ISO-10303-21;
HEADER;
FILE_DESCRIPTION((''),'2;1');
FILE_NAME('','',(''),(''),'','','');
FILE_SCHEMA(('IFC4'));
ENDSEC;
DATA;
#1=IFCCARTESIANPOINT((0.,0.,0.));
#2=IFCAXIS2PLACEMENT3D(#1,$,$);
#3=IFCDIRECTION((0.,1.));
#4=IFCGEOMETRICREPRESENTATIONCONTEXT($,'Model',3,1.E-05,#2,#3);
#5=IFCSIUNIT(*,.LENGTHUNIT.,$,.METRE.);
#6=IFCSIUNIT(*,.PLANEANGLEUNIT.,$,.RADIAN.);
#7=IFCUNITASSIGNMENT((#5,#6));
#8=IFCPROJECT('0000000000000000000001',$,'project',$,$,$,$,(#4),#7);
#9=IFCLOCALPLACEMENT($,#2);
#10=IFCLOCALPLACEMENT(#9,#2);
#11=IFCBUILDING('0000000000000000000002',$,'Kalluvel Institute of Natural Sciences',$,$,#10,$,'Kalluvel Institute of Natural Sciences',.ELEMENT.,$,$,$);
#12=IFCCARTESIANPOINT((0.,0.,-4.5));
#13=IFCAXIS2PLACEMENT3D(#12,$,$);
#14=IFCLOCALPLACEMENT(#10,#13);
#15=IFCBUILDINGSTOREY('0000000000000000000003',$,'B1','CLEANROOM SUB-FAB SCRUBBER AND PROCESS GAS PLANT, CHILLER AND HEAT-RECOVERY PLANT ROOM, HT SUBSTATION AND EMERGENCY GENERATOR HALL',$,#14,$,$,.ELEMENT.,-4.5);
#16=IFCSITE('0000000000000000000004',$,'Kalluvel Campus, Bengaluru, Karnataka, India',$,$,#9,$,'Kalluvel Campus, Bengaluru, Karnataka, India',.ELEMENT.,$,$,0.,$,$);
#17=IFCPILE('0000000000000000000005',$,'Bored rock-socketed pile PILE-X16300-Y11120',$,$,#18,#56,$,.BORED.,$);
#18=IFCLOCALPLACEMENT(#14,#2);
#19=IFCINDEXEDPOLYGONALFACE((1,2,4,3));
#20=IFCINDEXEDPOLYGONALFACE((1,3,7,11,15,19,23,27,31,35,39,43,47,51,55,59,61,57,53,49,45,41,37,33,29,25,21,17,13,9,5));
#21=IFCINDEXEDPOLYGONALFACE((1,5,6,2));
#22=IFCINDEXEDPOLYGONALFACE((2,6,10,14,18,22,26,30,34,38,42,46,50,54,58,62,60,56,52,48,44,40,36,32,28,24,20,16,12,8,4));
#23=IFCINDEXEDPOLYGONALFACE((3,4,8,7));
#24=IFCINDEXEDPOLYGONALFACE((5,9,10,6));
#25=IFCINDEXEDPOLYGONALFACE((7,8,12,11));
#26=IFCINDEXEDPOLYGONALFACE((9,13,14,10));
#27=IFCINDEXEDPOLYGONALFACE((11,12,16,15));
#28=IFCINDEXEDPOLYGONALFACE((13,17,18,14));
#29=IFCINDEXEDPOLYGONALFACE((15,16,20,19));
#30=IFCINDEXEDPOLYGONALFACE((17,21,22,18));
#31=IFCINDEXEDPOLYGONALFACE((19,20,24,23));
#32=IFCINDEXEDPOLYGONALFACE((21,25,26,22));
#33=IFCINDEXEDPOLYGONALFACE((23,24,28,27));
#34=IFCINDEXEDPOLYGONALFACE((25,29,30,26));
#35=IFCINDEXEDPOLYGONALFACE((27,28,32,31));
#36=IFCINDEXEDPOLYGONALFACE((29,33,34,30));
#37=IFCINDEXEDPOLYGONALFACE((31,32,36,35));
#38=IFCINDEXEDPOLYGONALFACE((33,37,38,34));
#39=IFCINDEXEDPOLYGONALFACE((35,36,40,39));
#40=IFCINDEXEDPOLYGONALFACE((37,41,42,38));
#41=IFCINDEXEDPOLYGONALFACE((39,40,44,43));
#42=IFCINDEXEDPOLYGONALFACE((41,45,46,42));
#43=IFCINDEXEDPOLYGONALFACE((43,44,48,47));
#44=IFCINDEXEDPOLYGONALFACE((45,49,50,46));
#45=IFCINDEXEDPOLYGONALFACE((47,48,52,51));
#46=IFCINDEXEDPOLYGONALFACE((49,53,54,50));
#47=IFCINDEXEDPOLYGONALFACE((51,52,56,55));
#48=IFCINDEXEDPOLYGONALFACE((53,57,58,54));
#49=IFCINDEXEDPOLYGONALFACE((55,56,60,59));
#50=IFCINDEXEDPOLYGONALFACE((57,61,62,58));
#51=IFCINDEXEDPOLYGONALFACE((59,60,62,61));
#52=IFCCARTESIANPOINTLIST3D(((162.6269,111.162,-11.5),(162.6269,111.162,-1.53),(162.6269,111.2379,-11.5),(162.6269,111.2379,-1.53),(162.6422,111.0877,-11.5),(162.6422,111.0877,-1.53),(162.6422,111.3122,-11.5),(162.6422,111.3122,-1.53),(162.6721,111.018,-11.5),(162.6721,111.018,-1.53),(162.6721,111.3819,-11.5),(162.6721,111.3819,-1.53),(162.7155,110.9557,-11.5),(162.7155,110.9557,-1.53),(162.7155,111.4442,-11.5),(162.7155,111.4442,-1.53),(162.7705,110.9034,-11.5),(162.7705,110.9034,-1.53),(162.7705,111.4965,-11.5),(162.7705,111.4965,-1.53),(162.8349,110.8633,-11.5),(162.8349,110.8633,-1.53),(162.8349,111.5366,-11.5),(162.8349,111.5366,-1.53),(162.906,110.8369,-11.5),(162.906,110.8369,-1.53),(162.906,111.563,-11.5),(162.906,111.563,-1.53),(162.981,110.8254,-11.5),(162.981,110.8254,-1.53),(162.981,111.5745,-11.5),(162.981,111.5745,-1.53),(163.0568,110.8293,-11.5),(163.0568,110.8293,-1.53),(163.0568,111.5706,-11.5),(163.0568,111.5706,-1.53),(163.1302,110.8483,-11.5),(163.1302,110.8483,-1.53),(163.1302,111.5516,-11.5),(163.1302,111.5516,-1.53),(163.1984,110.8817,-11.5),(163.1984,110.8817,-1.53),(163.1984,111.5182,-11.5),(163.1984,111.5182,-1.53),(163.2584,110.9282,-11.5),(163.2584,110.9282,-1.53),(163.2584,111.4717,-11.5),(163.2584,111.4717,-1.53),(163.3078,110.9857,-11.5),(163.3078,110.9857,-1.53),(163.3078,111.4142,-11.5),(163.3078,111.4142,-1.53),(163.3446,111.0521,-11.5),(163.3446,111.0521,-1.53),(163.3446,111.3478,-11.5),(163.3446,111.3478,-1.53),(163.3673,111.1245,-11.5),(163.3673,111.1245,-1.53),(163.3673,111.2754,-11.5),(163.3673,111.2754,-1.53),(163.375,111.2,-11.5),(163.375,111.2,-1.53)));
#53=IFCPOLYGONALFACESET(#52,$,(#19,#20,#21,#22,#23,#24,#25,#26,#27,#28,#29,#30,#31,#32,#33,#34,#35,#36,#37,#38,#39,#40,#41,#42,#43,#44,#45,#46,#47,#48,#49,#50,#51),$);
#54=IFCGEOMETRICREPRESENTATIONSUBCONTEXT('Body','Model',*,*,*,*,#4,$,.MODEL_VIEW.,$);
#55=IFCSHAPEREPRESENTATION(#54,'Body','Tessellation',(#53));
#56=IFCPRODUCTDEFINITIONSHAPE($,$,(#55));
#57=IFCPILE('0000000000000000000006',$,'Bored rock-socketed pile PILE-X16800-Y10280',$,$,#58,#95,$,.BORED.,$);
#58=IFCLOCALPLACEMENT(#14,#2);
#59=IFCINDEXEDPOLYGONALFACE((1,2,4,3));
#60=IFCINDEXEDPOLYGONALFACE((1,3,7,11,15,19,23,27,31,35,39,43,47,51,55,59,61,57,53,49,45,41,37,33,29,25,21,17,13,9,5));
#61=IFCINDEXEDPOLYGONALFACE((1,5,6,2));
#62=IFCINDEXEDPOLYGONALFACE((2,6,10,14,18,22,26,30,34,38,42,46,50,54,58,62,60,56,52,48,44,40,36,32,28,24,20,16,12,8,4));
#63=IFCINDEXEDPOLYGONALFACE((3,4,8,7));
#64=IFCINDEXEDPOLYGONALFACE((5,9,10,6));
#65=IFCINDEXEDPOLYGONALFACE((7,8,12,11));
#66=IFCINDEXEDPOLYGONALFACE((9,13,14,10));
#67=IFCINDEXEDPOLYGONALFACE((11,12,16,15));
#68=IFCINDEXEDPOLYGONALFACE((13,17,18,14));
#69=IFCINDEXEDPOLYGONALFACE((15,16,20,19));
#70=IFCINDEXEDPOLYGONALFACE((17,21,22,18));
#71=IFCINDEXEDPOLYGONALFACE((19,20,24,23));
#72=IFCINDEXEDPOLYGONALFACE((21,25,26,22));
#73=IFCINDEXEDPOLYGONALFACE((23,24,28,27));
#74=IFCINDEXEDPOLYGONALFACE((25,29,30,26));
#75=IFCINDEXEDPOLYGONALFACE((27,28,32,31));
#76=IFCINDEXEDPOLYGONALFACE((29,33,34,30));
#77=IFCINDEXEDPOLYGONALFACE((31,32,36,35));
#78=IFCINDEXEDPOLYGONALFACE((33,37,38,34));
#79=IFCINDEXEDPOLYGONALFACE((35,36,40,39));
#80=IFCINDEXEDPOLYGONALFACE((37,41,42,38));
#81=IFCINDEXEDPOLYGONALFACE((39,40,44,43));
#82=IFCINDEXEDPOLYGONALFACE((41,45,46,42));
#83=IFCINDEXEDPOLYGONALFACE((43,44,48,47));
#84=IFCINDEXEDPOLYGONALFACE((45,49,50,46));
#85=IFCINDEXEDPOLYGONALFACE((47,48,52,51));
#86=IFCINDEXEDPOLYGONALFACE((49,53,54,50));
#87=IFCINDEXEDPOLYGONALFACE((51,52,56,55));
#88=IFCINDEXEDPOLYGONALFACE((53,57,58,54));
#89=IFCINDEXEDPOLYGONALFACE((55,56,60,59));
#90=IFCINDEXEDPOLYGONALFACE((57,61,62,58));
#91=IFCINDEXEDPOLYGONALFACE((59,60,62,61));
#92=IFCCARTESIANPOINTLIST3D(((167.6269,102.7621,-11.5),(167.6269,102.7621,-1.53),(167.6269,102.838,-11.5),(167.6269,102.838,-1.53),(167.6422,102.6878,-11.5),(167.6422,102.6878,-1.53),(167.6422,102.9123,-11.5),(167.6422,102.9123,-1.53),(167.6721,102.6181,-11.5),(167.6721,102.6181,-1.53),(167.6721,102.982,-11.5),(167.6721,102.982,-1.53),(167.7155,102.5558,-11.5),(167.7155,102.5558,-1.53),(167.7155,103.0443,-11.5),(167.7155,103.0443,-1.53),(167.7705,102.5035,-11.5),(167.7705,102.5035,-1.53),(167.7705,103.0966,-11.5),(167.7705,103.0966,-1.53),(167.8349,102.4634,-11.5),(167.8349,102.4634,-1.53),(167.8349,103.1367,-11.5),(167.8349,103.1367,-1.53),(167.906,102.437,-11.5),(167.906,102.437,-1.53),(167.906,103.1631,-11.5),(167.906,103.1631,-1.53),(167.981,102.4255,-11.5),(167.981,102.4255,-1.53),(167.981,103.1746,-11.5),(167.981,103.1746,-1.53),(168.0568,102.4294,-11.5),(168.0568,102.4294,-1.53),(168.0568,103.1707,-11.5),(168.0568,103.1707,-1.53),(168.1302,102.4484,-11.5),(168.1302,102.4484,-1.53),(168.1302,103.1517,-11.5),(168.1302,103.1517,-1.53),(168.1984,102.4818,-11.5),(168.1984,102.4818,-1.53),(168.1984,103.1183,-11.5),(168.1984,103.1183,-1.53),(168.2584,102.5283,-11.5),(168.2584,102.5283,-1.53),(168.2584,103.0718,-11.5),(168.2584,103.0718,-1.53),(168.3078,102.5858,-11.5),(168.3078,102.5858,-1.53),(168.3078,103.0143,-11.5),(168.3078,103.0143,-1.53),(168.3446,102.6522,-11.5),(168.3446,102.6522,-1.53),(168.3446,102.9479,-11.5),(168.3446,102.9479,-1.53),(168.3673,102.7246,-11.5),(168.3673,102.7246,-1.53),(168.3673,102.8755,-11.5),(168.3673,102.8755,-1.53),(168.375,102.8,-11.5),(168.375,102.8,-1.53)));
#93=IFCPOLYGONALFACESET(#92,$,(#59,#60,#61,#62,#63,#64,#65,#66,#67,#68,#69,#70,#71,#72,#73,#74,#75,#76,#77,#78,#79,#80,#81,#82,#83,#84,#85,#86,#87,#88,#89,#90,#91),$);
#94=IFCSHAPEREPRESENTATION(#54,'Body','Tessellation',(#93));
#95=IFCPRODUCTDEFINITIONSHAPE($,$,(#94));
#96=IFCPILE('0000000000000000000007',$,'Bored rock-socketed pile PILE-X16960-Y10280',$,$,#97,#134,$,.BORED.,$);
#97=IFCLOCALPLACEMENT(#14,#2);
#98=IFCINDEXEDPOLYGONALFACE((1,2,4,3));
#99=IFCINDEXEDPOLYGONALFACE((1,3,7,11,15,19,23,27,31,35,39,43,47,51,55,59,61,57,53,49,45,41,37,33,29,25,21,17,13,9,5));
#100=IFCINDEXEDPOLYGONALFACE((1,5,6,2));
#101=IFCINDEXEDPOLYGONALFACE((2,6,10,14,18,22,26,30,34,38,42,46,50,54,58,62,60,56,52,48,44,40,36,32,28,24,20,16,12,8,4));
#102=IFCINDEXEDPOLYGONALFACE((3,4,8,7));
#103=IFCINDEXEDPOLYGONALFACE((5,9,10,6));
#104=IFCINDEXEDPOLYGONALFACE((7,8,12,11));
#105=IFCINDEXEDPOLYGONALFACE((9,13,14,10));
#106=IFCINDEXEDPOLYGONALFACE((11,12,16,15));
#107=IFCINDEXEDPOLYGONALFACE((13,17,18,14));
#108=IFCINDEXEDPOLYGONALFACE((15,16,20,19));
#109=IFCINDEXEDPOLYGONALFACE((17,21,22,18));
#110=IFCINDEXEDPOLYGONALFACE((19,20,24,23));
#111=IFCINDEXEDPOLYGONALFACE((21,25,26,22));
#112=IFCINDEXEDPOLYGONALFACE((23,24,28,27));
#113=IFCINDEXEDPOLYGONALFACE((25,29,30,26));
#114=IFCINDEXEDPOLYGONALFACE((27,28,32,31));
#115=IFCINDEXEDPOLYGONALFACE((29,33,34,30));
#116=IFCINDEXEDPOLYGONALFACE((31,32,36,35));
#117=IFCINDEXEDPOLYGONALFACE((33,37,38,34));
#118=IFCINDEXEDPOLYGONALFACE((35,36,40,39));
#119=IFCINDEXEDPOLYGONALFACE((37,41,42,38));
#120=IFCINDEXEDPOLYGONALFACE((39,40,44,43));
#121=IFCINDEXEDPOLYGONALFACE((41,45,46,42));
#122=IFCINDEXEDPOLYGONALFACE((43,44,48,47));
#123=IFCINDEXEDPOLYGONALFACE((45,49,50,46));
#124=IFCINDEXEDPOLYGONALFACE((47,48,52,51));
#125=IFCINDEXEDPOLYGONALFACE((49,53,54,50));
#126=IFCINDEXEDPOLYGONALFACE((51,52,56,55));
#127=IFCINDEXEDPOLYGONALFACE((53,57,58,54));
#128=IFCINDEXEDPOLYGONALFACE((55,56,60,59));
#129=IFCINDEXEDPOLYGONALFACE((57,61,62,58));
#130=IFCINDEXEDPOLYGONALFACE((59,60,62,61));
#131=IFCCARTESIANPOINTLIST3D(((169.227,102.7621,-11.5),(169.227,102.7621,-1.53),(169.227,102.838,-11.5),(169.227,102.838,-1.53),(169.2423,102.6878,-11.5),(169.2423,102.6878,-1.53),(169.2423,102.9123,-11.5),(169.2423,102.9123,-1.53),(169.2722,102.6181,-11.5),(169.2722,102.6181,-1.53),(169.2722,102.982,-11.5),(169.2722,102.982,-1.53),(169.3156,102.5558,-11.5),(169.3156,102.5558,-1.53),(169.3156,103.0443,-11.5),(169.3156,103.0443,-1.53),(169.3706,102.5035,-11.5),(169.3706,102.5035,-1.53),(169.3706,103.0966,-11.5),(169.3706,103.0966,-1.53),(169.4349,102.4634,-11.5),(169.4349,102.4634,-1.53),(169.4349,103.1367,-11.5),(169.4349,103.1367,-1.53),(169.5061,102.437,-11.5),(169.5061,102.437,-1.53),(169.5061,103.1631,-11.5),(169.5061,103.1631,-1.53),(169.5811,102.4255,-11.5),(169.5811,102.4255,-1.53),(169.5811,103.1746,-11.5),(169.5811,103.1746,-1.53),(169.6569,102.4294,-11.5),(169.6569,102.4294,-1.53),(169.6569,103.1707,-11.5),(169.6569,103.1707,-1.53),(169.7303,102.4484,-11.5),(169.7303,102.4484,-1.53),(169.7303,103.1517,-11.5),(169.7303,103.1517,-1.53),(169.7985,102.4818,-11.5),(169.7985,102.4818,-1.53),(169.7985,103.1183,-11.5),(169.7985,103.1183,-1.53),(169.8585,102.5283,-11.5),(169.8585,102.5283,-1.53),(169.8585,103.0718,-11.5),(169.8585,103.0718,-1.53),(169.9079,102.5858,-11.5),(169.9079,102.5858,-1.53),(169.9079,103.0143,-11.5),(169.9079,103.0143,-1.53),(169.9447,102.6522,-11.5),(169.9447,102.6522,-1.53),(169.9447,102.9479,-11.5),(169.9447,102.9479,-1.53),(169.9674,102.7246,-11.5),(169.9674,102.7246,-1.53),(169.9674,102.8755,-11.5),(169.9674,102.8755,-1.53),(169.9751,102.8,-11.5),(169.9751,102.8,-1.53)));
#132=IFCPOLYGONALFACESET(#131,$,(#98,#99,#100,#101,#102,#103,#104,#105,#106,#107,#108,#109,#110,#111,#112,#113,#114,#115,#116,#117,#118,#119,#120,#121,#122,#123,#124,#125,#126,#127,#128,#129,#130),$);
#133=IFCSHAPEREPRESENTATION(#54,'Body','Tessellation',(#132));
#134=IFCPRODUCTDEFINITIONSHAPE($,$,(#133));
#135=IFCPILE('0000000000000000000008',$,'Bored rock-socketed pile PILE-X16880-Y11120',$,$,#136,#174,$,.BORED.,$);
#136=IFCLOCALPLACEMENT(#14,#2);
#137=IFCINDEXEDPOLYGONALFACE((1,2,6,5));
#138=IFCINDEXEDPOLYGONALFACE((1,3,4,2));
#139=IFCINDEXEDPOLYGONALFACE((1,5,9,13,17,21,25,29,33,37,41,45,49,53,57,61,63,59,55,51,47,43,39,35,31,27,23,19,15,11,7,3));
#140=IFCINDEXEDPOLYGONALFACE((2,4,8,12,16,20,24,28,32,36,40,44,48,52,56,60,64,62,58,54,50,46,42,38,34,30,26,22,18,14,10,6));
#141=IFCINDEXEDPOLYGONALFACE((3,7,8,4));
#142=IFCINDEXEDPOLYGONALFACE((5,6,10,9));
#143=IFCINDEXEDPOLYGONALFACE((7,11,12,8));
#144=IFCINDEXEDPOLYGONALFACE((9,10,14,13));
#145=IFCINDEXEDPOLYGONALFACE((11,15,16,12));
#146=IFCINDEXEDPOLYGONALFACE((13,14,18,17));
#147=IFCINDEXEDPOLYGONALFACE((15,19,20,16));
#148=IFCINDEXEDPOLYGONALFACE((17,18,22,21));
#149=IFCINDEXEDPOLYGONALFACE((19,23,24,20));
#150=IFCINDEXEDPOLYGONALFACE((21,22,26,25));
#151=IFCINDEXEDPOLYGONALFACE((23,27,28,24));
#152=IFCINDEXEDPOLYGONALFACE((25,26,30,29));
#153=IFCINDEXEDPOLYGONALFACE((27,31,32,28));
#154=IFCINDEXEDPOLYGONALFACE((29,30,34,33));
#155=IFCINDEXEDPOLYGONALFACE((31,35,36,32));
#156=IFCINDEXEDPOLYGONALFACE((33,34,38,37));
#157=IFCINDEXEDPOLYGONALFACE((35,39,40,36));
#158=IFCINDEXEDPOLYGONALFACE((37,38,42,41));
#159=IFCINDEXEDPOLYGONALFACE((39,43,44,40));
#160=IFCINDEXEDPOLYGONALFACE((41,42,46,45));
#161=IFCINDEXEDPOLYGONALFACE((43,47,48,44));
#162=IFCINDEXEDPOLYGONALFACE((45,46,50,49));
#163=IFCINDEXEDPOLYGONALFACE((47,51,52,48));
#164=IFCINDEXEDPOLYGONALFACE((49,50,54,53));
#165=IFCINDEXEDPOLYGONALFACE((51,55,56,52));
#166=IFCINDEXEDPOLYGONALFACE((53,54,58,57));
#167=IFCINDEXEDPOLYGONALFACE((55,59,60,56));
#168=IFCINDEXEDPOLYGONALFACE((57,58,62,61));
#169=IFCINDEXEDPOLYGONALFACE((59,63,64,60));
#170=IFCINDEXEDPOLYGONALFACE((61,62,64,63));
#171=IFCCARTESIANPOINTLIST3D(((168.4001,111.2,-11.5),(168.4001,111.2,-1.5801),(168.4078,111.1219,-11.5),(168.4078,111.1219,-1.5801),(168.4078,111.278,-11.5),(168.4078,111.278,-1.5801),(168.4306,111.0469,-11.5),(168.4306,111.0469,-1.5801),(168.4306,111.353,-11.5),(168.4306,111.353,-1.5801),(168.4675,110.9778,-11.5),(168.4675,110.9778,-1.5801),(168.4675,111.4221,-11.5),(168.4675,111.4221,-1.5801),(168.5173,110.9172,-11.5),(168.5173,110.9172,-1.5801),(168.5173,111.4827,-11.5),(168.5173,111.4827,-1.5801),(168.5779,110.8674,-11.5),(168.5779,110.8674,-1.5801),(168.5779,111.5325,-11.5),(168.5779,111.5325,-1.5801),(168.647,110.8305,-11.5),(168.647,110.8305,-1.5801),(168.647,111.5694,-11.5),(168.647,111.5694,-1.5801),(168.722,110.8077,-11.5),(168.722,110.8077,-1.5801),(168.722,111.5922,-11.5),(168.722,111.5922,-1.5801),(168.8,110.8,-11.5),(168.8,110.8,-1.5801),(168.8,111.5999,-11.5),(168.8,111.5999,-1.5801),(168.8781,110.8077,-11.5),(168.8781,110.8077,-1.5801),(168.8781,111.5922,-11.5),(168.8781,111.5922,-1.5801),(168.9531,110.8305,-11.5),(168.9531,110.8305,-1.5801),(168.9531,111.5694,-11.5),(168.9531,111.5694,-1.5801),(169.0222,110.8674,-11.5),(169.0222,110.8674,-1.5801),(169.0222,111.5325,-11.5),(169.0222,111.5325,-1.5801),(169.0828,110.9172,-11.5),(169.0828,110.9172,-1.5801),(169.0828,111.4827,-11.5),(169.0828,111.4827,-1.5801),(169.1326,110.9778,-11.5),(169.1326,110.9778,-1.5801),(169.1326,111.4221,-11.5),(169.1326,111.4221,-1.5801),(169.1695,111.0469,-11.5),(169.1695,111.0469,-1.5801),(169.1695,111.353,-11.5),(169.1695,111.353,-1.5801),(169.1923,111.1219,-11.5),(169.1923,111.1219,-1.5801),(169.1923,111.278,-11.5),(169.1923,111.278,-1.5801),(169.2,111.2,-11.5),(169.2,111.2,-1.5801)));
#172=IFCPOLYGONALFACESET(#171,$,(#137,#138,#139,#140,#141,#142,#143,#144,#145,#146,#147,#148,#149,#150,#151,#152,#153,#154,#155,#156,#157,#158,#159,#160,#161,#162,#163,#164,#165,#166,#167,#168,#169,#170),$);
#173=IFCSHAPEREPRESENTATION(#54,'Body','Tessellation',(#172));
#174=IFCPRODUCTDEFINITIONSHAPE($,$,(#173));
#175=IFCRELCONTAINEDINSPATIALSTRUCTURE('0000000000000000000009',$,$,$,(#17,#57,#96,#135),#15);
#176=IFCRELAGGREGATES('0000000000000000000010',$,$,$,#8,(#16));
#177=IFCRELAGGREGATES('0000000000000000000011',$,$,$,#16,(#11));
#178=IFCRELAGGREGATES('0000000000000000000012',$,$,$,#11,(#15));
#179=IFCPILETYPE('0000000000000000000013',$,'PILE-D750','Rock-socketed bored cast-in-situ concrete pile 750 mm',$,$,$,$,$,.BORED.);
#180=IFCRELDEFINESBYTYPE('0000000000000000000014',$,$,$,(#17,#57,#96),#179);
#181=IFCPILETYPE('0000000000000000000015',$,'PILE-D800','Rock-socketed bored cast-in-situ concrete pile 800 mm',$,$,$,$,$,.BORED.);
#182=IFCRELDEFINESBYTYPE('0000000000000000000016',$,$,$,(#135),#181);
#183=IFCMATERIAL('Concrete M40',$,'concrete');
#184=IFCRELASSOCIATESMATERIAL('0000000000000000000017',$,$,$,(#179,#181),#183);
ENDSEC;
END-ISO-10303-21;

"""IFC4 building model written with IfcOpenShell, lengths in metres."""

from ifc_helpers import new_model, si_unit, direction, frame, origin, origin_2d, place, context, subcontext, project, spatial, circle, extrude, material, material_profile, profile_set, type_object, element, save


model = new_model("IFC4")

# Units and contexts
model_context = context("Model", 3, precision=1e-05, world=origin(), true_north=direction((0.0, 1.0)))
body_context = subcontext(model_context, "Body", "Model", "MODEL_VIEW")
ifc_project = project(units=[si_unit("LENGTHUNIT", "METRE"), si_unit("PLANEANGLEUNIT", "RADIAN")], contexts=[model_context])

# Site, building, storey
site_placement = place(None, origin())
site = spatial("IfcSite", under=ifc_project, at=site_placement, Name="Kalluvel Campus, Bengaluru, Karnataka, India", LongName="Kalluvel Campus, Bengaluru, Karnataka, India", CompositionType="ELEMENT", RefElevation=0.0)
building_placement = place(site_placement, origin())
building = spatial("IfcBuilding", under=site, at=building_placement, Name="Kalluvel Institute of Natural Sciences", LongName="Kalluvel Institute of Natural Sciences", CompositionType="ELEMENT")
storey_placement = place(building_placement, frame((0.0, 0.0, -4.5)))
storey = spatial("IfcBuildingStorey", under=building, at=storey_placement, Name="B1", Description="CLEANROOM SUB-FAB SCRUBBER AND PROCESS GAS PLANT, CHILLER AND HEAT-RECOVERY PLANT ROOM, HT SUBSTATION AND EMERGENCY GENERATOR HALL", CompositionType="ELEMENT", Elevation=-4.5)

# Shared definitions
ifc_material_1 = material(Name="Concrete M40", Category="concrete")

# Piles
ifc_material_profile_1 = material_profile(ifc_material_1, circle(Radius=0.375, at=origin_2d()), Name="PILE D750")
ifc_profile_set_1 = profile_set([ifc_material_profile_1], Name="Concrete M40")
pile_type_1 = type_object("IfcPileType", Name="PILE-D750", Description="Rock-socketed bored cast-in-situ concrete pile 750 mm", PredefinedType="BORED", material=ifc_profile_set_1)
for number, where, z_axis, x_axis, name in (
    (1, (163.0, 111.2, -1.53), (0.0, 0.0, -1.0), (1.0, 0.0, 0.0), "Bored rock-socketed pile PILE-X16300-Y11120"),
    (2, (168.0, 102.8, -1.53), (0.0, 0.0, -1.0), (1.0, 0.0, 0.0), "Bored rock-socketed pile PILE-X16800-Y10280"),
    (3, (169.6001, 102.8, -1.53), (0.0, 0.0, -1.0), (1.0, 0.0, 0.0), "Bored rock-socketed pile PILE-X16960-Y10280"),
):
    element("IfcPile", number, at=place(storey_placement, frame(where, z_axis=z_axis, x_axis=x_axis)), inside=storey, type_object=pile_type_1, Name=name, PredefinedType="BORED", context=body_context, shape_type="SweptSolid", body=[
        extrude(circle(Radius=0.375, at=origin_2d()), origin(), (0.0, 0.0, 1.0), 9.97),
    ])
ifc_material_profile_2 = material_profile(ifc_material_1, circle(Radius=0.3999, at=origin_2d()), Name="PILE D800")
ifc_profile_set_2 = profile_set([ifc_material_profile_2], Name="Concrete M40")
pile_type_2 = type_object("IfcPileType", Name="PILE-D800", Description="Rock-socketed bored cast-in-situ concrete pile 800 mm", PredefinedType="BORED", material=ifc_profile_set_2)
pile_1_placement = place(storey_placement, frame((168.8, 111.2, -1.5801), z_axis=(0.0, 0.0, -1.0), x_axis=(1.0, 0.0, 0.0)))
element("IfcPile", 4, at=pile_1_placement, inside=storey, type_object=pile_type_2, Name="Bored rock-socketed pile PILE-X16880-Y11120", PredefinedType="BORED", context=body_context, shape_type="SweptSolid", body=[
    extrude(circle(Radius=0.3999, at=origin_2d()), origin(), (0.0, 0.0, 1.0), 9.9199),
])

save(model, "model.ifc")
